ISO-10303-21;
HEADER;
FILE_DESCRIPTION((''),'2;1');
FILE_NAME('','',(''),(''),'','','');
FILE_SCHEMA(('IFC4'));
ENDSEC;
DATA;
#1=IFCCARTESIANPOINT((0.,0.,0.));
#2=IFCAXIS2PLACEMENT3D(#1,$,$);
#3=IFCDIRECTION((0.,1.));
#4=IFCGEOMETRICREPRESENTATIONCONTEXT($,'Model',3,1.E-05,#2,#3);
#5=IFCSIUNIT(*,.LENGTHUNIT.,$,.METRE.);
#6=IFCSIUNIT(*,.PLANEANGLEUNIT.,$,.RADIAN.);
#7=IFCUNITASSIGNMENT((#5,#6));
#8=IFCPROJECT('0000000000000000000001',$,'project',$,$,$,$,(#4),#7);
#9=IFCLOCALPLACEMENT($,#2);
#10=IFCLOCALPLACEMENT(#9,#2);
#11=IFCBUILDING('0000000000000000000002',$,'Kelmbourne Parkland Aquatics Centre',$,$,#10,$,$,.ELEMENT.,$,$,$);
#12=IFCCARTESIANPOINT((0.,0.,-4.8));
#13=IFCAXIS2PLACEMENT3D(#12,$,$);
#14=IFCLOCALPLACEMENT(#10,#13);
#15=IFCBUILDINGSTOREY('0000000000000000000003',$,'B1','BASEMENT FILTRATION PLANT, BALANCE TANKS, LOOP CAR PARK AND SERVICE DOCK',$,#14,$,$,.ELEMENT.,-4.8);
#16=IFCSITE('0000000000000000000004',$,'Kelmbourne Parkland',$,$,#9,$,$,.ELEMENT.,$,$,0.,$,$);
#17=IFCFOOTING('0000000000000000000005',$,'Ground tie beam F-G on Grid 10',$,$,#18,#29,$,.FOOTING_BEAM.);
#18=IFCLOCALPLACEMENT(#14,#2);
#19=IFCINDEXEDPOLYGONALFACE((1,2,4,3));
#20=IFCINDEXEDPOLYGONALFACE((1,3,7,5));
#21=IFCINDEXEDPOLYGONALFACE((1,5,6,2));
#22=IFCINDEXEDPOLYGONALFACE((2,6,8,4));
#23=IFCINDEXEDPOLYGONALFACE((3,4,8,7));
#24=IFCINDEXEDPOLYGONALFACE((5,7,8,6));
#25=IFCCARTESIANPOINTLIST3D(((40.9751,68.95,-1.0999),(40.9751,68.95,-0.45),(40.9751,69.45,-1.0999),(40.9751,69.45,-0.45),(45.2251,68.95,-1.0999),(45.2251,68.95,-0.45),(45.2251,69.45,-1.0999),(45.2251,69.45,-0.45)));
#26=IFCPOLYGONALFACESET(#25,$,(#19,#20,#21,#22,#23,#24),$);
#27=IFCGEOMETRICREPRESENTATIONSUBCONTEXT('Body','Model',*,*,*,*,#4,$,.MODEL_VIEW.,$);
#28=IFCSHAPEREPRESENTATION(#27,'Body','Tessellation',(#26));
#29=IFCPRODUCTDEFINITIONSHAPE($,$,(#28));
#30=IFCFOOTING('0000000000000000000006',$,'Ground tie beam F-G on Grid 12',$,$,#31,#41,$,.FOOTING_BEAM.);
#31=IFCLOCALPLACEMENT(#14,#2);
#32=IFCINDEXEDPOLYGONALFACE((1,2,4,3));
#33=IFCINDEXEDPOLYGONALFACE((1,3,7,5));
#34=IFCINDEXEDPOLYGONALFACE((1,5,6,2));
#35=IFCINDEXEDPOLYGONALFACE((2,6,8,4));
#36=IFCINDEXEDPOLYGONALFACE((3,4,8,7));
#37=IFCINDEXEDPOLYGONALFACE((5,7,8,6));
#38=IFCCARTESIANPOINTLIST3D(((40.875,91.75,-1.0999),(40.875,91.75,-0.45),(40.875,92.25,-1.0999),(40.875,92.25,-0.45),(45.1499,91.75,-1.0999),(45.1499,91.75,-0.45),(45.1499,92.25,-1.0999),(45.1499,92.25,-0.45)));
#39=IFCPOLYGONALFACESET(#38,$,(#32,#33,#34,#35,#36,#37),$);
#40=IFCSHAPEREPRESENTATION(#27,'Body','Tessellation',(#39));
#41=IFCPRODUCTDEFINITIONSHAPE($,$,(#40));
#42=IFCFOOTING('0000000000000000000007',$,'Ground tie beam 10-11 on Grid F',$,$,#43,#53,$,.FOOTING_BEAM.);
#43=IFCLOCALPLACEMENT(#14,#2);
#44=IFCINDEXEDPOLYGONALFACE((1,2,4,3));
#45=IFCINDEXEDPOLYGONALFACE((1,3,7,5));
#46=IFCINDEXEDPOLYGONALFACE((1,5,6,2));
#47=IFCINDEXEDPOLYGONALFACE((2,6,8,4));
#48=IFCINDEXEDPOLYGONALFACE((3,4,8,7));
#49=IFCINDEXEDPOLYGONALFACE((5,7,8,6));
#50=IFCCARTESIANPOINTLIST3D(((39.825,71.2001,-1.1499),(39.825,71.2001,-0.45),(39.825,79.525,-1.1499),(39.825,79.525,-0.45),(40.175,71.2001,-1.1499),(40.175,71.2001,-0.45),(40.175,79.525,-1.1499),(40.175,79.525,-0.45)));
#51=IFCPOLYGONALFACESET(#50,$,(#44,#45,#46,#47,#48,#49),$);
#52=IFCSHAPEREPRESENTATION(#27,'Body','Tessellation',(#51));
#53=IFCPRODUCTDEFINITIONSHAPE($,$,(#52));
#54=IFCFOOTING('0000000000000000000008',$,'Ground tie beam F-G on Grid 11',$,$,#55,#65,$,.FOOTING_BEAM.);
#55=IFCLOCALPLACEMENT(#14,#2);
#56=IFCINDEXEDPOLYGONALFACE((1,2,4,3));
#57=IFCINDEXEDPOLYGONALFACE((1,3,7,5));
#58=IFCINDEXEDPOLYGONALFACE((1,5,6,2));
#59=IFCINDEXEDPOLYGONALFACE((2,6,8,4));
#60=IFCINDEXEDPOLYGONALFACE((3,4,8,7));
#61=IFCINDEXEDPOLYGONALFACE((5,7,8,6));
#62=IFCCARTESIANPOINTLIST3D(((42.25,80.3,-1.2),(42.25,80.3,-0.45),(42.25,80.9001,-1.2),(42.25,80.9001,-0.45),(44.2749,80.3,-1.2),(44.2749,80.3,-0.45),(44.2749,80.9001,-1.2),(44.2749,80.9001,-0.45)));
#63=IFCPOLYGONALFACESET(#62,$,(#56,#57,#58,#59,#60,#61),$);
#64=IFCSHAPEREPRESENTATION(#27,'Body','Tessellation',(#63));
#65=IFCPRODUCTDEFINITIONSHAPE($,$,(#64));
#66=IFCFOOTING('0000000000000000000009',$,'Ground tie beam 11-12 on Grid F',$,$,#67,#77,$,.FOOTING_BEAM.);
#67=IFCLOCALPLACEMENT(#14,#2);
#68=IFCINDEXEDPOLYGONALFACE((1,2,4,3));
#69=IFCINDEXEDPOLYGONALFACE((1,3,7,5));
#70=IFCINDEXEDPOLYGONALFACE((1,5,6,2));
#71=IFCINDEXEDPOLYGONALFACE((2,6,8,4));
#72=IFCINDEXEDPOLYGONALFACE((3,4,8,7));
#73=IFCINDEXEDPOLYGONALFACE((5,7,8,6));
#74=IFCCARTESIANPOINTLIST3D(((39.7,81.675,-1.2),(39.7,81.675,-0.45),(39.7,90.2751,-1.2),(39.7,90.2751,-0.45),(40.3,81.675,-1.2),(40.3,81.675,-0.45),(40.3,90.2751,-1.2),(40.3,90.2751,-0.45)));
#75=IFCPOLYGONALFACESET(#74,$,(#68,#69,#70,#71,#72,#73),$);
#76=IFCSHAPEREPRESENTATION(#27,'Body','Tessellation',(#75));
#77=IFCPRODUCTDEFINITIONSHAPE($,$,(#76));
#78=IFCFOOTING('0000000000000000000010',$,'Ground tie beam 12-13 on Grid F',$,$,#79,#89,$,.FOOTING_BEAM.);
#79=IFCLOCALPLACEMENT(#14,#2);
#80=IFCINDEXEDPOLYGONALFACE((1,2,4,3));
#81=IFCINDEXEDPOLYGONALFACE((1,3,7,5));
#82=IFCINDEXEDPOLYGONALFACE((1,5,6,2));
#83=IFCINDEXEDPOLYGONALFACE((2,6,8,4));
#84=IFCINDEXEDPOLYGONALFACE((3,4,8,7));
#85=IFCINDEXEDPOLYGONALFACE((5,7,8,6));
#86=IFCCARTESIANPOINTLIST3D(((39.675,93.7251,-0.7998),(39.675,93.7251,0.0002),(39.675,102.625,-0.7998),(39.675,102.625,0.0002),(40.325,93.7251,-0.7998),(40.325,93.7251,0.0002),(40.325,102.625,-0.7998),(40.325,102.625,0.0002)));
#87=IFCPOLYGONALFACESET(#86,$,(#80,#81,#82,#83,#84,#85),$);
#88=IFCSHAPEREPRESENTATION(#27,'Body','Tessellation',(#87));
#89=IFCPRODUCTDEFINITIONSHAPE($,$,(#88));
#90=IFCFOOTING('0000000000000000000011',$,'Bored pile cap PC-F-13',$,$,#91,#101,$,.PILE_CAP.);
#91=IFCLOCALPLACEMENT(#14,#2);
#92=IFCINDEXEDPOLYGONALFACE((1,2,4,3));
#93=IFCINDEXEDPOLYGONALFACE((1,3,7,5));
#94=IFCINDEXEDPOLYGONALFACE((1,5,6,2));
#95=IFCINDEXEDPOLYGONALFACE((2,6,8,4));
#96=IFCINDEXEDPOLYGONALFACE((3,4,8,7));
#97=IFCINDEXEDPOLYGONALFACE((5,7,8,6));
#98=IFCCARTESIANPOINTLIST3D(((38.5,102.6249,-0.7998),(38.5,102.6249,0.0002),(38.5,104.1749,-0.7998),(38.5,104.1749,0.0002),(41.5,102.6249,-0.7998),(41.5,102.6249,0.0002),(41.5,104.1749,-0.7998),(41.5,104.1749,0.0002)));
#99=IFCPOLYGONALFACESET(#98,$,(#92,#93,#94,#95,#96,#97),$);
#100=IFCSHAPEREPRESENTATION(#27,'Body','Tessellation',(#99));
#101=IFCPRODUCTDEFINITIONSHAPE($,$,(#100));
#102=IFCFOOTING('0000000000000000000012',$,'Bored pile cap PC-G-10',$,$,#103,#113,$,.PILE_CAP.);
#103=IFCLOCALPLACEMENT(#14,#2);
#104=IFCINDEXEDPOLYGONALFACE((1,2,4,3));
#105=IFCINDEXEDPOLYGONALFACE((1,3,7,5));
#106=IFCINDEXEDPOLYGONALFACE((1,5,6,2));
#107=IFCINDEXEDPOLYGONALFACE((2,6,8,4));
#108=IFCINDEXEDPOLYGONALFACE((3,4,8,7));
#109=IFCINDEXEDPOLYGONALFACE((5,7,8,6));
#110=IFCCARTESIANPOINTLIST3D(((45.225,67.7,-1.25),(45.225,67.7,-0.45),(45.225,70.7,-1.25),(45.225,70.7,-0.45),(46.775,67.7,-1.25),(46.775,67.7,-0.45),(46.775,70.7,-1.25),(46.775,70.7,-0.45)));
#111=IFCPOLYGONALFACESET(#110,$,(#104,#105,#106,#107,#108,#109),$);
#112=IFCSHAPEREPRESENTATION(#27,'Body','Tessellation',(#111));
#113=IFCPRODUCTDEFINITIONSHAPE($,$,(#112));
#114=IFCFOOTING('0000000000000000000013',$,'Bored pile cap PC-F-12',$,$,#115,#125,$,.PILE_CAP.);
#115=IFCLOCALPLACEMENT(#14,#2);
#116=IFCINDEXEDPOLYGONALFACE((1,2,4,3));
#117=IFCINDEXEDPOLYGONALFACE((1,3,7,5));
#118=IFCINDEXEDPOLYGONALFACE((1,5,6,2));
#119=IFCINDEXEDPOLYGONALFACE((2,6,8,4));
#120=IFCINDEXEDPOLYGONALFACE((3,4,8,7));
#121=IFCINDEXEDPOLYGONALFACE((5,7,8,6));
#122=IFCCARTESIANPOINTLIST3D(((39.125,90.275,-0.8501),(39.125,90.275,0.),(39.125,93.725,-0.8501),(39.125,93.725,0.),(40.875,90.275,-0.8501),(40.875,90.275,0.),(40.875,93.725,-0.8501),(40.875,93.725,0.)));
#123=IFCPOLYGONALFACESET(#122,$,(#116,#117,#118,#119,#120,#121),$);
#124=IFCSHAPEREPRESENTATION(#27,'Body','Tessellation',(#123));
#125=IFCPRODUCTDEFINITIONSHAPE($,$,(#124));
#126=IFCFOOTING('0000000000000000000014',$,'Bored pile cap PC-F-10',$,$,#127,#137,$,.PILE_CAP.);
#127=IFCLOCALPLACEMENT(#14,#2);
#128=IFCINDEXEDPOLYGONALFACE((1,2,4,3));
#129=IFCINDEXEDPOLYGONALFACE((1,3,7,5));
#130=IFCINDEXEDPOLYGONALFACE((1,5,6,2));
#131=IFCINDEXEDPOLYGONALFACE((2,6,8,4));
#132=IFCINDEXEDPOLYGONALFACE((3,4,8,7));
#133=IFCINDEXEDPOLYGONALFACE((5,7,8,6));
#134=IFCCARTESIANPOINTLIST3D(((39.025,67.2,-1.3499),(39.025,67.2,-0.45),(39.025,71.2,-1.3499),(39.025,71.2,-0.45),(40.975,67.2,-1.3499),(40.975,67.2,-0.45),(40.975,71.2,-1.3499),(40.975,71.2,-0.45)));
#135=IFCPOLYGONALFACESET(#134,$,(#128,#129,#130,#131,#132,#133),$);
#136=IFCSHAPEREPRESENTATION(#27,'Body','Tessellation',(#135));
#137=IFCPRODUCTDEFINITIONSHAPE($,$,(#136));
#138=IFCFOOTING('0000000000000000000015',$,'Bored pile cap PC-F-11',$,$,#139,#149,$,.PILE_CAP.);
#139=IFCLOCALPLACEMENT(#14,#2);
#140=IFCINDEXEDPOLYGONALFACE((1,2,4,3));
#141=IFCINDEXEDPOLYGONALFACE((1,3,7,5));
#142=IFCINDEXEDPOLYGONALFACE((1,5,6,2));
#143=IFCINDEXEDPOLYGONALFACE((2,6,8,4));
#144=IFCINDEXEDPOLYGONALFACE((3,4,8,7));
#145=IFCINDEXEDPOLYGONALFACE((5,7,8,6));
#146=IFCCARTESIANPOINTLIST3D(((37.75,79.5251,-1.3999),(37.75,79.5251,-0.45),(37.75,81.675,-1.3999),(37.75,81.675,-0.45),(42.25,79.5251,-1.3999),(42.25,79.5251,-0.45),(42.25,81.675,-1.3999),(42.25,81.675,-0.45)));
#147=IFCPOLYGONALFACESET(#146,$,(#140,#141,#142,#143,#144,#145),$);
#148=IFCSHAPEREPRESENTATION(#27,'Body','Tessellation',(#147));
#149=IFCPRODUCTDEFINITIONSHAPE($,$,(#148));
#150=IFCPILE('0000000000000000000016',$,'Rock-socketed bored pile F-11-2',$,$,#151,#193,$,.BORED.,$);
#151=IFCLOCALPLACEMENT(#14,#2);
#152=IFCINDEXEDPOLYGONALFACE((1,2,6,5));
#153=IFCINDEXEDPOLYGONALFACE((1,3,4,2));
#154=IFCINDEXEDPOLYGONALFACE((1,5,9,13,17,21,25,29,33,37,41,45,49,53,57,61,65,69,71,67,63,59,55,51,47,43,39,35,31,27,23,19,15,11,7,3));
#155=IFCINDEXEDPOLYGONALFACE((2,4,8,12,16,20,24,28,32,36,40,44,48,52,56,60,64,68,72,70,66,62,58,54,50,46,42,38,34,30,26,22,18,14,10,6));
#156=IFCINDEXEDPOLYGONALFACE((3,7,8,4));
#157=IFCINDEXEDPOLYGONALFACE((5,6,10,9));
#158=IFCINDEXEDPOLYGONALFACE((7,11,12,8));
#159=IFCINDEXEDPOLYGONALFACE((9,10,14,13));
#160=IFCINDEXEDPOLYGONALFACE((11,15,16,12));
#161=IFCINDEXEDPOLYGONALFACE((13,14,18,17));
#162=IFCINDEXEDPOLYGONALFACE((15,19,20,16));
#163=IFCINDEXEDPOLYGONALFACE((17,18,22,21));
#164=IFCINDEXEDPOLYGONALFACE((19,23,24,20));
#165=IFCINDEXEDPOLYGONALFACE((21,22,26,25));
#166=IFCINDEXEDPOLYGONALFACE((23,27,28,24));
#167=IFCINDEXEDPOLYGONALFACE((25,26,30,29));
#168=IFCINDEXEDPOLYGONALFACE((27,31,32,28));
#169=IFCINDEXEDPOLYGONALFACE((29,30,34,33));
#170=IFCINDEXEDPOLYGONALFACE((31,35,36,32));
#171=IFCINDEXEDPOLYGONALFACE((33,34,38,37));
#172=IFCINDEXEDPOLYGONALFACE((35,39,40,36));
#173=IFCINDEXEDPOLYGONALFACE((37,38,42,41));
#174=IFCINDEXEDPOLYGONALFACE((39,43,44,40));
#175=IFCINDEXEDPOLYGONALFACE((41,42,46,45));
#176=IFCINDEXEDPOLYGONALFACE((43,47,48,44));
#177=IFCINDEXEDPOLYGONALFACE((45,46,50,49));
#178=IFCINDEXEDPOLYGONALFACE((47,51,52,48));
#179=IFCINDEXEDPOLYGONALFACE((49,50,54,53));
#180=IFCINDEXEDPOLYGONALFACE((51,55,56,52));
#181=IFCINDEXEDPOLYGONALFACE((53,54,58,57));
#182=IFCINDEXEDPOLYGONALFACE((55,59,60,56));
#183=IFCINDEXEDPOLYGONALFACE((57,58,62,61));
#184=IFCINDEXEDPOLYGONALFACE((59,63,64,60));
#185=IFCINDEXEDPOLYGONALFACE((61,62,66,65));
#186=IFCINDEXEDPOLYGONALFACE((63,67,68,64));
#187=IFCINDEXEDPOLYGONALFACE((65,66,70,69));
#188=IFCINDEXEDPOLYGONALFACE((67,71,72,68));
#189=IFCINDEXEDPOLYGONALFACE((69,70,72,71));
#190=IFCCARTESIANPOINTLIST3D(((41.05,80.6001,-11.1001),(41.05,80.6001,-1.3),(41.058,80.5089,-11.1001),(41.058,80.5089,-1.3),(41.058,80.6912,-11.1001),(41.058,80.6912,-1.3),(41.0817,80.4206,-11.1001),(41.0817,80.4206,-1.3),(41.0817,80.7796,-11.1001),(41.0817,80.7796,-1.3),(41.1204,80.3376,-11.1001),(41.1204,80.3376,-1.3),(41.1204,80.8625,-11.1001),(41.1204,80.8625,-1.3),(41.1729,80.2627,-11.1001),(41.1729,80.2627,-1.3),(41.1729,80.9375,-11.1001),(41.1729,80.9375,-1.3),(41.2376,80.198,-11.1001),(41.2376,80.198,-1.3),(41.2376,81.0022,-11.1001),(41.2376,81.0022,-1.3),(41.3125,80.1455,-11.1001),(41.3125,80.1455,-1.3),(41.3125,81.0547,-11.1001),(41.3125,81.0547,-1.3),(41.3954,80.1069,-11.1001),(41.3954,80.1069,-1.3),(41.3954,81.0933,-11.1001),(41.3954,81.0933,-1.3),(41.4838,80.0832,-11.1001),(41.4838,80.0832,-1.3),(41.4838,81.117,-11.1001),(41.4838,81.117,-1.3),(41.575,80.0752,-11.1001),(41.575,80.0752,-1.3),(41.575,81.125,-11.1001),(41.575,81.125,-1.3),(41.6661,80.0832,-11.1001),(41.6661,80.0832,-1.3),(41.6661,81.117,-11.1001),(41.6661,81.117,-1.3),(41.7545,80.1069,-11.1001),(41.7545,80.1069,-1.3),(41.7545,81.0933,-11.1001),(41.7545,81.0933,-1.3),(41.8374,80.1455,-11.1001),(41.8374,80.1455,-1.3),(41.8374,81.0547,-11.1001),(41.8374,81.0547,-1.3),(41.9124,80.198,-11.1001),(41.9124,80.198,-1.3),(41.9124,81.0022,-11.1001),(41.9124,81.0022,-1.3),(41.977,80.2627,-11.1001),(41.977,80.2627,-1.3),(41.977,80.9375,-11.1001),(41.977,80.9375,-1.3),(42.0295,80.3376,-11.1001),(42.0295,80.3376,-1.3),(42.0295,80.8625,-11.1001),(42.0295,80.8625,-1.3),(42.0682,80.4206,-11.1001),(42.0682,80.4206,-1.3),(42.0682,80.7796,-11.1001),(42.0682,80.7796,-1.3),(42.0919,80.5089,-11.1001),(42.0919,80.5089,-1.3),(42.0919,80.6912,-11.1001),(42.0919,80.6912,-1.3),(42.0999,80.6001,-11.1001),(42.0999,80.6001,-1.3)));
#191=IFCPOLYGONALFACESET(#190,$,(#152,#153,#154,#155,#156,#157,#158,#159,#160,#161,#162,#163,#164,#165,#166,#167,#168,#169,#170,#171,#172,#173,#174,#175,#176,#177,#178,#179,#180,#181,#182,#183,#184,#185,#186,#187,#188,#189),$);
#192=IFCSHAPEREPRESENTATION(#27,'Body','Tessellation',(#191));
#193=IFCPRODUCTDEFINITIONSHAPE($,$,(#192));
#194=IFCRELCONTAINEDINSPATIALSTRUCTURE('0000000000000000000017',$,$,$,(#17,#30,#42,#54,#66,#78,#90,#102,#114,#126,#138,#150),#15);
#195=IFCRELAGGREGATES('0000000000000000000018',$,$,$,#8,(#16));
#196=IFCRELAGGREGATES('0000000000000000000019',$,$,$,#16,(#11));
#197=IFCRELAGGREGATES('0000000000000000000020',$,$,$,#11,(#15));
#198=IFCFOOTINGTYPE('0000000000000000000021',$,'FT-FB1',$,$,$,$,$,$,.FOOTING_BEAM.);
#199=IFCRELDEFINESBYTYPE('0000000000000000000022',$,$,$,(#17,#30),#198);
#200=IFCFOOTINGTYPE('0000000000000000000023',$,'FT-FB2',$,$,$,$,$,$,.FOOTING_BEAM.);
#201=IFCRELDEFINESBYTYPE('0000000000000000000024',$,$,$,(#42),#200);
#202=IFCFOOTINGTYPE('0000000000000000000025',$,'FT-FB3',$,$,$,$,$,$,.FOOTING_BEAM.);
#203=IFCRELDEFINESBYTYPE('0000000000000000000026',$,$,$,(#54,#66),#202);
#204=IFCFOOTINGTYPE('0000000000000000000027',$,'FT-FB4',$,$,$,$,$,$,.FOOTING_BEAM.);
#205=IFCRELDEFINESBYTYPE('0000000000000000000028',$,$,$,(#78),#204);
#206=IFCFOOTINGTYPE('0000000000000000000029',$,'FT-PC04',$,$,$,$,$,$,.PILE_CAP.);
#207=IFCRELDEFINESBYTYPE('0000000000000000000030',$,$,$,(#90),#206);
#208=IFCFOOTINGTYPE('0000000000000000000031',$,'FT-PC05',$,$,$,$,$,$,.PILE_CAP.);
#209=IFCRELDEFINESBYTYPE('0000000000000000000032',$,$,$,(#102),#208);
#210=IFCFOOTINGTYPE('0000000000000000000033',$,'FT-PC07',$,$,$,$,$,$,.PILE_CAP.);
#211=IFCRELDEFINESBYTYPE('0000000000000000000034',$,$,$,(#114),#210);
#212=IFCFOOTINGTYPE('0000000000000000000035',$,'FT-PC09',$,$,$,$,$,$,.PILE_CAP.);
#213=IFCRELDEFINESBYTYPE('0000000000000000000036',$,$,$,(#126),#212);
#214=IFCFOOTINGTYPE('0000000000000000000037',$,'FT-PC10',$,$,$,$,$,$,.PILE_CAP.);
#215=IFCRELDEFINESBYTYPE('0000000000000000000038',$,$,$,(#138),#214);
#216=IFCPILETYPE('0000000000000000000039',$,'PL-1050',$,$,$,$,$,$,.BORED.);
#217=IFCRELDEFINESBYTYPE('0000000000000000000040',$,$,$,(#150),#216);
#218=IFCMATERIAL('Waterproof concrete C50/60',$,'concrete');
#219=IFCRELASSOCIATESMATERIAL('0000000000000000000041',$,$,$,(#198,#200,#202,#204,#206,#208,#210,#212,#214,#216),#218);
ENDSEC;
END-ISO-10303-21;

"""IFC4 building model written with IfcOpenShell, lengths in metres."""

from ifc_helpers import new_model, si_unit, direction, frame, origin, origin_2d, place, context, subcontext, project, spatial, rectangle, circle, extrude, material, material_profile, profile_set, type_object, element, save


model = new_model("IFC4")

# Units and contexts
model_context = context("Model", 3, precision=1e-05, world=origin(), true_north=direction((0.0, 1.0)))
body_context = subcontext(model_context, "Body", "Model", "MODEL_VIEW")
ifc_project = project(units=[si_unit("LENGTHUNIT", "METRE"), si_unit("PLANEANGLEUNIT", "RADIAN")], contexts=[model_context])

# Site, building, storey
site_placement = place(None, origin())
site = spatial("IfcSite", under=ifc_project, at=site_placement, Name="Kelmbourne Parkland", CompositionType="ELEMENT", RefElevation=0.0)
building_placement = place(site_placement, origin())
building = spatial("IfcBuilding", under=site, at=building_placement, Name="Kelmbourne Parkland Aquatics Centre", CompositionType="ELEMENT")
storey_placement = place(building_placement, frame((0.0, 0.0, -4.8)))
storey = spatial("IfcBuildingStorey", under=building, at=storey_placement, Name="B1", Description="BASEMENT FILTRATION PLANT, BALANCE TANKS, LOOP CAR PARK AND SERVICE DOCK", CompositionType="ELEMENT", Elevation=-4.8)

# Footings
ifc_material_1 = material(Name="Waterproof concrete C50/60", Category="concrete")
footing_type_1 = type_object("IfcFootingType", Name="FT-FB1", PredefinedType="FOOTING_BEAM", material=ifc_material_1)
footing_1_placement = place(storey_placement, frame((43.1001, 69.2, -1.0999), z_axis=(0.0, 0.0, 1.0), x_axis=(1.0, 0.0, 0.0)))
element("IfcFooting", 1, at=footing_1_placement, inside=storey, type_object=footing_type_1, Name="Ground tie beam F-G on Grid 10", PredefinedType="FOOTING_BEAM", context=body_context, shape_type="SweptSolid", body=[
    extrude(rectangle(XDim=4.25, YDim=0.5, at=origin_2d()), origin(), (0.0, 0.0, 1.0), 0.6499),
])
footing_2_placement = place(storey_placement, frame((43.0125, 92.0, -1.0999), z_axis=(0.0, 0.0, 1.0), x_axis=(1.0, 0.0, 0.0)))
element("IfcFooting", 2, at=footing_2_placement, inside=storey, type_object=footing_type_1, Name="Ground tie beam F-G on Grid 12", PredefinedType="FOOTING_BEAM", context=body_context, shape_type="SweptSolid", body=[
    extrude(rectangle(XDim=4.2749, YDim=0.5, at=origin_2d()), origin(), (0.0, 0.0, 1.0), 0.6499),
])
footing_type_2 = type_object("IfcFootingType", Name="FT-FB2", PredefinedType="FOOTING_BEAM", material=ifc_material_1)
footing_3_placement = place(storey_placement, frame((40.0, 75.3625, -1.1499), z_axis=(0.0, 0.0, 1.0), x_axis=(0.0, 1.0, 0.0)))
element("IfcFooting", 3, at=footing_3_placement, inside=storey, type_object=footing_type_2, Name="Ground tie beam 10-11 on Grid F", PredefinedType="FOOTING_BEAM", context=body_context, shape_type="SweptSolid", body=[
    extrude(rectangle(XDim=8.325, YDim=0.3501, at=origin_2d()), origin(), (0.0, 0.0, 1.0), 0.7),
])
footing_type_3 = type_object("IfcFootingType", Name="FT-FB3", PredefinedType="FOOTING_BEAM", material=ifc_material_1)
footing_4_placement = place(storey_placement, frame((43.2625, 80.6001, -1.2), z_axis=(0.0, 0.0, 1.0), x_axis=(1.0, 0.0, 0.0)))
element("IfcFooting", 4, at=footing_4_placement, inside=storey, type_object=footing_type_3, Name="Ground tie beam F-G on Grid 11", PredefinedType="FOOTING_BEAM", context=body_context, shape_type="SweptSolid", body=[
    extrude(rectangle(XDim=2.0249, YDim=0.6001, at=origin_2d()), origin(), (0.0, 0.0, 1.0), 0.75),
])
footing_5_placement = place(storey_placement, frame((40.0, 85.9751, -1.2), z_axis=(0.0, 0.0, 1.0), x_axis=(0.0, 1.0, 0.0)))
element("IfcFooting", 5, at=footing_5_placement, inside=storey, type_object=footing_type_3, Name="Ground tie beam 11-12 on Grid F", PredefinedType="FOOTING_BEAM", context=body_context, shape_type="SweptSolid", body=[
    extrude(rectangle(XDim=8.6001, YDim=0.6001, at=origin_2d()), origin(), (0.0, 0.0, 1.0), 0.75),
])
footing_type_4 = type_object("IfcFootingType", Name="FT-FB4", PredefinedType="FOOTING_BEAM", material=ifc_material_1)
footing_6_placement = place(storey_placement, frame((40.0, 98.175, -0.7998), z_axis=(0.0, 0.0, 1.0), x_axis=(0.0, 1.0, 0.0)))
element("IfcFooting", 6, at=footing_6_placement, inside=storey, type_object=footing_type_4, Name="Ground tie beam 12-13 on Grid F", PredefinedType="FOOTING_BEAM", context=body_context, shape_type="SweptSolid", body=[
    extrude(rectangle(XDim=8.8999, YDim=0.6499, at=origin_2d()), origin(), (0.0, 0.0, 1.0), 0.8),
])
footing_type_5 = type_object("IfcFootingType", Name="FT-PC04", PredefinedType="PILE_CAP", material=ifc_material_1)
footing_7_placement = place(storey_placement, frame((40.0, 103.3999, -0.7998), z_axis=(0.0, 0.0, 1.0), x_axis=(1.0, 0.0, 0.0)))
element("IfcFooting", 7, at=footing_7_placement, inside=storey, type_object=footing_type_5, Name="Bored pile cap PC-F-13", PredefinedType="PILE_CAP", context=body_context, shape_type="SweptSolid", body=[
    extrude(rectangle(XDim=3.0, YDim=1.55, at=origin_2d()), origin(), (0.0, 0.0, 1.0), 0.8),
])
footing_type_6 = type_object("IfcFootingType", Name="FT-PC05", PredefinedType="PILE_CAP", material=ifc_material_1)
footing_8_placement = place(storey_placement, frame((46.0, 69.2, -1.25), z_axis=(0.0, 0.0, 1.0), x_axis=(1.0, 0.0, 0.0)))
element("IfcFooting", 8, at=footing_8_placement, inside=storey, type_object=footing_type_6, Name="Bored pile cap PC-G-10", PredefinedType="PILE_CAP", context=body_context, shape_type="SweptSolid", body=[
    extrude(rectangle(XDim=1.55, YDim=3.0, at=origin_2d()), origin(), (0.0, 0.0, 1.0), 0.8),
])
footing_type_7 = type_object("IfcFootingType", Name="FT-PC07", PredefinedType="PILE_CAP", material=ifc_material_1)
footing_9_placement = place(storey_placement, frame((40.0, 92.0, -0.8501), z_axis=(0.0, 0.0, 1.0), x_axis=(1.0, 0.0, 0.0)))
element("IfcFooting", 9, at=footing_9_placement, inside=storey, type_object=footing_type_7, Name="Bored pile cap PC-F-12", PredefinedType="PILE_CAP", context=body_context, shape_type="SweptSolid", body=[
    extrude(rectangle(XDim=1.75, YDim=3.45, at=origin_2d()), origin(), (0.0, 0.0, 1.0), 0.8501),
])
footing_type_8 = type_object("IfcFootingType", Name="FT-PC09", PredefinedType="PILE_CAP", material=ifc_material_1)
footing_10_placement = place(storey_placement, frame((40.0, 69.2, -1.3499), z_axis=(0.0, 0.0, 1.0), x_axis=(1.0, 0.0, 0.0)))
element("IfcFooting", 10, at=footing_10_placement, inside=storey, type_object=footing_type_8, Name="Bored pile cap PC-F-10", PredefinedType="PILE_CAP", context=body_context, shape_type="SweptSolid", body=[
    extrude(rectangle(XDim=1.95, YDim=4.0, at=origin_2d()), origin(), (0.0, 0.0, 1.0), 0.8999),
])
footing_type_9 = type_object("IfcFootingType", Name="FT-PC10", PredefinedType="PILE_CAP", material=ifc_material_1)
footing_11_placement = place(storey_placement, frame((40.0, 80.6001, -1.3999), z_axis=(0.0, 0.0, 1.0), x_axis=(1.0, 0.0, 0.0)))
element("IfcFooting", 11, at=footing_11_placement, inside=storey, type_object=footing_type_9, Name="Bored pile cap PC-F-11", PredefinedType="PILE_CAP", context=body_context, shape_type="SweptSolid", body=[
    extrude(rectangle(XDim=4.5, YDim=2.1499, at=origin_2d()), origin(), (0.0, 0.0, 1.0), 0.95),
])

# Pile
ifc_material_profile_1 = material_profile(ifc_material_1, circle(Radius=0.5249, at=origin_2d()), Name="PILE D1050")
ifc_profile_set_1 = profile_set([ifc_material_profile_1], Name="Waterproof concrete C50/60")
pile_type_1 = type_object("IfcPileType", Name="PL-1050", PredefinedType="BORED", material=ifc_profile_set_1)
pile_placement = place(storey_placement, frame((41.575, 80.6001, -1.3), z_axis=(0.0, 0.0, -1.0), x_axis=(1.0, 0.0, 0.0)))
element("IfcPile", 12, at=pile_placement, inside=storey, type_object=pile_type_1, Name="Rock-socketed bored pile F-11-2", PredefinedType="BORED", context=body_context, shape_type="SweptSolid", body=[
    extrude(circle(Radius=0.5249, at=origin_2d()), origin(), (0.0, 0.0, 1.0), 9.8),
])

save(model, "model.ifc")
